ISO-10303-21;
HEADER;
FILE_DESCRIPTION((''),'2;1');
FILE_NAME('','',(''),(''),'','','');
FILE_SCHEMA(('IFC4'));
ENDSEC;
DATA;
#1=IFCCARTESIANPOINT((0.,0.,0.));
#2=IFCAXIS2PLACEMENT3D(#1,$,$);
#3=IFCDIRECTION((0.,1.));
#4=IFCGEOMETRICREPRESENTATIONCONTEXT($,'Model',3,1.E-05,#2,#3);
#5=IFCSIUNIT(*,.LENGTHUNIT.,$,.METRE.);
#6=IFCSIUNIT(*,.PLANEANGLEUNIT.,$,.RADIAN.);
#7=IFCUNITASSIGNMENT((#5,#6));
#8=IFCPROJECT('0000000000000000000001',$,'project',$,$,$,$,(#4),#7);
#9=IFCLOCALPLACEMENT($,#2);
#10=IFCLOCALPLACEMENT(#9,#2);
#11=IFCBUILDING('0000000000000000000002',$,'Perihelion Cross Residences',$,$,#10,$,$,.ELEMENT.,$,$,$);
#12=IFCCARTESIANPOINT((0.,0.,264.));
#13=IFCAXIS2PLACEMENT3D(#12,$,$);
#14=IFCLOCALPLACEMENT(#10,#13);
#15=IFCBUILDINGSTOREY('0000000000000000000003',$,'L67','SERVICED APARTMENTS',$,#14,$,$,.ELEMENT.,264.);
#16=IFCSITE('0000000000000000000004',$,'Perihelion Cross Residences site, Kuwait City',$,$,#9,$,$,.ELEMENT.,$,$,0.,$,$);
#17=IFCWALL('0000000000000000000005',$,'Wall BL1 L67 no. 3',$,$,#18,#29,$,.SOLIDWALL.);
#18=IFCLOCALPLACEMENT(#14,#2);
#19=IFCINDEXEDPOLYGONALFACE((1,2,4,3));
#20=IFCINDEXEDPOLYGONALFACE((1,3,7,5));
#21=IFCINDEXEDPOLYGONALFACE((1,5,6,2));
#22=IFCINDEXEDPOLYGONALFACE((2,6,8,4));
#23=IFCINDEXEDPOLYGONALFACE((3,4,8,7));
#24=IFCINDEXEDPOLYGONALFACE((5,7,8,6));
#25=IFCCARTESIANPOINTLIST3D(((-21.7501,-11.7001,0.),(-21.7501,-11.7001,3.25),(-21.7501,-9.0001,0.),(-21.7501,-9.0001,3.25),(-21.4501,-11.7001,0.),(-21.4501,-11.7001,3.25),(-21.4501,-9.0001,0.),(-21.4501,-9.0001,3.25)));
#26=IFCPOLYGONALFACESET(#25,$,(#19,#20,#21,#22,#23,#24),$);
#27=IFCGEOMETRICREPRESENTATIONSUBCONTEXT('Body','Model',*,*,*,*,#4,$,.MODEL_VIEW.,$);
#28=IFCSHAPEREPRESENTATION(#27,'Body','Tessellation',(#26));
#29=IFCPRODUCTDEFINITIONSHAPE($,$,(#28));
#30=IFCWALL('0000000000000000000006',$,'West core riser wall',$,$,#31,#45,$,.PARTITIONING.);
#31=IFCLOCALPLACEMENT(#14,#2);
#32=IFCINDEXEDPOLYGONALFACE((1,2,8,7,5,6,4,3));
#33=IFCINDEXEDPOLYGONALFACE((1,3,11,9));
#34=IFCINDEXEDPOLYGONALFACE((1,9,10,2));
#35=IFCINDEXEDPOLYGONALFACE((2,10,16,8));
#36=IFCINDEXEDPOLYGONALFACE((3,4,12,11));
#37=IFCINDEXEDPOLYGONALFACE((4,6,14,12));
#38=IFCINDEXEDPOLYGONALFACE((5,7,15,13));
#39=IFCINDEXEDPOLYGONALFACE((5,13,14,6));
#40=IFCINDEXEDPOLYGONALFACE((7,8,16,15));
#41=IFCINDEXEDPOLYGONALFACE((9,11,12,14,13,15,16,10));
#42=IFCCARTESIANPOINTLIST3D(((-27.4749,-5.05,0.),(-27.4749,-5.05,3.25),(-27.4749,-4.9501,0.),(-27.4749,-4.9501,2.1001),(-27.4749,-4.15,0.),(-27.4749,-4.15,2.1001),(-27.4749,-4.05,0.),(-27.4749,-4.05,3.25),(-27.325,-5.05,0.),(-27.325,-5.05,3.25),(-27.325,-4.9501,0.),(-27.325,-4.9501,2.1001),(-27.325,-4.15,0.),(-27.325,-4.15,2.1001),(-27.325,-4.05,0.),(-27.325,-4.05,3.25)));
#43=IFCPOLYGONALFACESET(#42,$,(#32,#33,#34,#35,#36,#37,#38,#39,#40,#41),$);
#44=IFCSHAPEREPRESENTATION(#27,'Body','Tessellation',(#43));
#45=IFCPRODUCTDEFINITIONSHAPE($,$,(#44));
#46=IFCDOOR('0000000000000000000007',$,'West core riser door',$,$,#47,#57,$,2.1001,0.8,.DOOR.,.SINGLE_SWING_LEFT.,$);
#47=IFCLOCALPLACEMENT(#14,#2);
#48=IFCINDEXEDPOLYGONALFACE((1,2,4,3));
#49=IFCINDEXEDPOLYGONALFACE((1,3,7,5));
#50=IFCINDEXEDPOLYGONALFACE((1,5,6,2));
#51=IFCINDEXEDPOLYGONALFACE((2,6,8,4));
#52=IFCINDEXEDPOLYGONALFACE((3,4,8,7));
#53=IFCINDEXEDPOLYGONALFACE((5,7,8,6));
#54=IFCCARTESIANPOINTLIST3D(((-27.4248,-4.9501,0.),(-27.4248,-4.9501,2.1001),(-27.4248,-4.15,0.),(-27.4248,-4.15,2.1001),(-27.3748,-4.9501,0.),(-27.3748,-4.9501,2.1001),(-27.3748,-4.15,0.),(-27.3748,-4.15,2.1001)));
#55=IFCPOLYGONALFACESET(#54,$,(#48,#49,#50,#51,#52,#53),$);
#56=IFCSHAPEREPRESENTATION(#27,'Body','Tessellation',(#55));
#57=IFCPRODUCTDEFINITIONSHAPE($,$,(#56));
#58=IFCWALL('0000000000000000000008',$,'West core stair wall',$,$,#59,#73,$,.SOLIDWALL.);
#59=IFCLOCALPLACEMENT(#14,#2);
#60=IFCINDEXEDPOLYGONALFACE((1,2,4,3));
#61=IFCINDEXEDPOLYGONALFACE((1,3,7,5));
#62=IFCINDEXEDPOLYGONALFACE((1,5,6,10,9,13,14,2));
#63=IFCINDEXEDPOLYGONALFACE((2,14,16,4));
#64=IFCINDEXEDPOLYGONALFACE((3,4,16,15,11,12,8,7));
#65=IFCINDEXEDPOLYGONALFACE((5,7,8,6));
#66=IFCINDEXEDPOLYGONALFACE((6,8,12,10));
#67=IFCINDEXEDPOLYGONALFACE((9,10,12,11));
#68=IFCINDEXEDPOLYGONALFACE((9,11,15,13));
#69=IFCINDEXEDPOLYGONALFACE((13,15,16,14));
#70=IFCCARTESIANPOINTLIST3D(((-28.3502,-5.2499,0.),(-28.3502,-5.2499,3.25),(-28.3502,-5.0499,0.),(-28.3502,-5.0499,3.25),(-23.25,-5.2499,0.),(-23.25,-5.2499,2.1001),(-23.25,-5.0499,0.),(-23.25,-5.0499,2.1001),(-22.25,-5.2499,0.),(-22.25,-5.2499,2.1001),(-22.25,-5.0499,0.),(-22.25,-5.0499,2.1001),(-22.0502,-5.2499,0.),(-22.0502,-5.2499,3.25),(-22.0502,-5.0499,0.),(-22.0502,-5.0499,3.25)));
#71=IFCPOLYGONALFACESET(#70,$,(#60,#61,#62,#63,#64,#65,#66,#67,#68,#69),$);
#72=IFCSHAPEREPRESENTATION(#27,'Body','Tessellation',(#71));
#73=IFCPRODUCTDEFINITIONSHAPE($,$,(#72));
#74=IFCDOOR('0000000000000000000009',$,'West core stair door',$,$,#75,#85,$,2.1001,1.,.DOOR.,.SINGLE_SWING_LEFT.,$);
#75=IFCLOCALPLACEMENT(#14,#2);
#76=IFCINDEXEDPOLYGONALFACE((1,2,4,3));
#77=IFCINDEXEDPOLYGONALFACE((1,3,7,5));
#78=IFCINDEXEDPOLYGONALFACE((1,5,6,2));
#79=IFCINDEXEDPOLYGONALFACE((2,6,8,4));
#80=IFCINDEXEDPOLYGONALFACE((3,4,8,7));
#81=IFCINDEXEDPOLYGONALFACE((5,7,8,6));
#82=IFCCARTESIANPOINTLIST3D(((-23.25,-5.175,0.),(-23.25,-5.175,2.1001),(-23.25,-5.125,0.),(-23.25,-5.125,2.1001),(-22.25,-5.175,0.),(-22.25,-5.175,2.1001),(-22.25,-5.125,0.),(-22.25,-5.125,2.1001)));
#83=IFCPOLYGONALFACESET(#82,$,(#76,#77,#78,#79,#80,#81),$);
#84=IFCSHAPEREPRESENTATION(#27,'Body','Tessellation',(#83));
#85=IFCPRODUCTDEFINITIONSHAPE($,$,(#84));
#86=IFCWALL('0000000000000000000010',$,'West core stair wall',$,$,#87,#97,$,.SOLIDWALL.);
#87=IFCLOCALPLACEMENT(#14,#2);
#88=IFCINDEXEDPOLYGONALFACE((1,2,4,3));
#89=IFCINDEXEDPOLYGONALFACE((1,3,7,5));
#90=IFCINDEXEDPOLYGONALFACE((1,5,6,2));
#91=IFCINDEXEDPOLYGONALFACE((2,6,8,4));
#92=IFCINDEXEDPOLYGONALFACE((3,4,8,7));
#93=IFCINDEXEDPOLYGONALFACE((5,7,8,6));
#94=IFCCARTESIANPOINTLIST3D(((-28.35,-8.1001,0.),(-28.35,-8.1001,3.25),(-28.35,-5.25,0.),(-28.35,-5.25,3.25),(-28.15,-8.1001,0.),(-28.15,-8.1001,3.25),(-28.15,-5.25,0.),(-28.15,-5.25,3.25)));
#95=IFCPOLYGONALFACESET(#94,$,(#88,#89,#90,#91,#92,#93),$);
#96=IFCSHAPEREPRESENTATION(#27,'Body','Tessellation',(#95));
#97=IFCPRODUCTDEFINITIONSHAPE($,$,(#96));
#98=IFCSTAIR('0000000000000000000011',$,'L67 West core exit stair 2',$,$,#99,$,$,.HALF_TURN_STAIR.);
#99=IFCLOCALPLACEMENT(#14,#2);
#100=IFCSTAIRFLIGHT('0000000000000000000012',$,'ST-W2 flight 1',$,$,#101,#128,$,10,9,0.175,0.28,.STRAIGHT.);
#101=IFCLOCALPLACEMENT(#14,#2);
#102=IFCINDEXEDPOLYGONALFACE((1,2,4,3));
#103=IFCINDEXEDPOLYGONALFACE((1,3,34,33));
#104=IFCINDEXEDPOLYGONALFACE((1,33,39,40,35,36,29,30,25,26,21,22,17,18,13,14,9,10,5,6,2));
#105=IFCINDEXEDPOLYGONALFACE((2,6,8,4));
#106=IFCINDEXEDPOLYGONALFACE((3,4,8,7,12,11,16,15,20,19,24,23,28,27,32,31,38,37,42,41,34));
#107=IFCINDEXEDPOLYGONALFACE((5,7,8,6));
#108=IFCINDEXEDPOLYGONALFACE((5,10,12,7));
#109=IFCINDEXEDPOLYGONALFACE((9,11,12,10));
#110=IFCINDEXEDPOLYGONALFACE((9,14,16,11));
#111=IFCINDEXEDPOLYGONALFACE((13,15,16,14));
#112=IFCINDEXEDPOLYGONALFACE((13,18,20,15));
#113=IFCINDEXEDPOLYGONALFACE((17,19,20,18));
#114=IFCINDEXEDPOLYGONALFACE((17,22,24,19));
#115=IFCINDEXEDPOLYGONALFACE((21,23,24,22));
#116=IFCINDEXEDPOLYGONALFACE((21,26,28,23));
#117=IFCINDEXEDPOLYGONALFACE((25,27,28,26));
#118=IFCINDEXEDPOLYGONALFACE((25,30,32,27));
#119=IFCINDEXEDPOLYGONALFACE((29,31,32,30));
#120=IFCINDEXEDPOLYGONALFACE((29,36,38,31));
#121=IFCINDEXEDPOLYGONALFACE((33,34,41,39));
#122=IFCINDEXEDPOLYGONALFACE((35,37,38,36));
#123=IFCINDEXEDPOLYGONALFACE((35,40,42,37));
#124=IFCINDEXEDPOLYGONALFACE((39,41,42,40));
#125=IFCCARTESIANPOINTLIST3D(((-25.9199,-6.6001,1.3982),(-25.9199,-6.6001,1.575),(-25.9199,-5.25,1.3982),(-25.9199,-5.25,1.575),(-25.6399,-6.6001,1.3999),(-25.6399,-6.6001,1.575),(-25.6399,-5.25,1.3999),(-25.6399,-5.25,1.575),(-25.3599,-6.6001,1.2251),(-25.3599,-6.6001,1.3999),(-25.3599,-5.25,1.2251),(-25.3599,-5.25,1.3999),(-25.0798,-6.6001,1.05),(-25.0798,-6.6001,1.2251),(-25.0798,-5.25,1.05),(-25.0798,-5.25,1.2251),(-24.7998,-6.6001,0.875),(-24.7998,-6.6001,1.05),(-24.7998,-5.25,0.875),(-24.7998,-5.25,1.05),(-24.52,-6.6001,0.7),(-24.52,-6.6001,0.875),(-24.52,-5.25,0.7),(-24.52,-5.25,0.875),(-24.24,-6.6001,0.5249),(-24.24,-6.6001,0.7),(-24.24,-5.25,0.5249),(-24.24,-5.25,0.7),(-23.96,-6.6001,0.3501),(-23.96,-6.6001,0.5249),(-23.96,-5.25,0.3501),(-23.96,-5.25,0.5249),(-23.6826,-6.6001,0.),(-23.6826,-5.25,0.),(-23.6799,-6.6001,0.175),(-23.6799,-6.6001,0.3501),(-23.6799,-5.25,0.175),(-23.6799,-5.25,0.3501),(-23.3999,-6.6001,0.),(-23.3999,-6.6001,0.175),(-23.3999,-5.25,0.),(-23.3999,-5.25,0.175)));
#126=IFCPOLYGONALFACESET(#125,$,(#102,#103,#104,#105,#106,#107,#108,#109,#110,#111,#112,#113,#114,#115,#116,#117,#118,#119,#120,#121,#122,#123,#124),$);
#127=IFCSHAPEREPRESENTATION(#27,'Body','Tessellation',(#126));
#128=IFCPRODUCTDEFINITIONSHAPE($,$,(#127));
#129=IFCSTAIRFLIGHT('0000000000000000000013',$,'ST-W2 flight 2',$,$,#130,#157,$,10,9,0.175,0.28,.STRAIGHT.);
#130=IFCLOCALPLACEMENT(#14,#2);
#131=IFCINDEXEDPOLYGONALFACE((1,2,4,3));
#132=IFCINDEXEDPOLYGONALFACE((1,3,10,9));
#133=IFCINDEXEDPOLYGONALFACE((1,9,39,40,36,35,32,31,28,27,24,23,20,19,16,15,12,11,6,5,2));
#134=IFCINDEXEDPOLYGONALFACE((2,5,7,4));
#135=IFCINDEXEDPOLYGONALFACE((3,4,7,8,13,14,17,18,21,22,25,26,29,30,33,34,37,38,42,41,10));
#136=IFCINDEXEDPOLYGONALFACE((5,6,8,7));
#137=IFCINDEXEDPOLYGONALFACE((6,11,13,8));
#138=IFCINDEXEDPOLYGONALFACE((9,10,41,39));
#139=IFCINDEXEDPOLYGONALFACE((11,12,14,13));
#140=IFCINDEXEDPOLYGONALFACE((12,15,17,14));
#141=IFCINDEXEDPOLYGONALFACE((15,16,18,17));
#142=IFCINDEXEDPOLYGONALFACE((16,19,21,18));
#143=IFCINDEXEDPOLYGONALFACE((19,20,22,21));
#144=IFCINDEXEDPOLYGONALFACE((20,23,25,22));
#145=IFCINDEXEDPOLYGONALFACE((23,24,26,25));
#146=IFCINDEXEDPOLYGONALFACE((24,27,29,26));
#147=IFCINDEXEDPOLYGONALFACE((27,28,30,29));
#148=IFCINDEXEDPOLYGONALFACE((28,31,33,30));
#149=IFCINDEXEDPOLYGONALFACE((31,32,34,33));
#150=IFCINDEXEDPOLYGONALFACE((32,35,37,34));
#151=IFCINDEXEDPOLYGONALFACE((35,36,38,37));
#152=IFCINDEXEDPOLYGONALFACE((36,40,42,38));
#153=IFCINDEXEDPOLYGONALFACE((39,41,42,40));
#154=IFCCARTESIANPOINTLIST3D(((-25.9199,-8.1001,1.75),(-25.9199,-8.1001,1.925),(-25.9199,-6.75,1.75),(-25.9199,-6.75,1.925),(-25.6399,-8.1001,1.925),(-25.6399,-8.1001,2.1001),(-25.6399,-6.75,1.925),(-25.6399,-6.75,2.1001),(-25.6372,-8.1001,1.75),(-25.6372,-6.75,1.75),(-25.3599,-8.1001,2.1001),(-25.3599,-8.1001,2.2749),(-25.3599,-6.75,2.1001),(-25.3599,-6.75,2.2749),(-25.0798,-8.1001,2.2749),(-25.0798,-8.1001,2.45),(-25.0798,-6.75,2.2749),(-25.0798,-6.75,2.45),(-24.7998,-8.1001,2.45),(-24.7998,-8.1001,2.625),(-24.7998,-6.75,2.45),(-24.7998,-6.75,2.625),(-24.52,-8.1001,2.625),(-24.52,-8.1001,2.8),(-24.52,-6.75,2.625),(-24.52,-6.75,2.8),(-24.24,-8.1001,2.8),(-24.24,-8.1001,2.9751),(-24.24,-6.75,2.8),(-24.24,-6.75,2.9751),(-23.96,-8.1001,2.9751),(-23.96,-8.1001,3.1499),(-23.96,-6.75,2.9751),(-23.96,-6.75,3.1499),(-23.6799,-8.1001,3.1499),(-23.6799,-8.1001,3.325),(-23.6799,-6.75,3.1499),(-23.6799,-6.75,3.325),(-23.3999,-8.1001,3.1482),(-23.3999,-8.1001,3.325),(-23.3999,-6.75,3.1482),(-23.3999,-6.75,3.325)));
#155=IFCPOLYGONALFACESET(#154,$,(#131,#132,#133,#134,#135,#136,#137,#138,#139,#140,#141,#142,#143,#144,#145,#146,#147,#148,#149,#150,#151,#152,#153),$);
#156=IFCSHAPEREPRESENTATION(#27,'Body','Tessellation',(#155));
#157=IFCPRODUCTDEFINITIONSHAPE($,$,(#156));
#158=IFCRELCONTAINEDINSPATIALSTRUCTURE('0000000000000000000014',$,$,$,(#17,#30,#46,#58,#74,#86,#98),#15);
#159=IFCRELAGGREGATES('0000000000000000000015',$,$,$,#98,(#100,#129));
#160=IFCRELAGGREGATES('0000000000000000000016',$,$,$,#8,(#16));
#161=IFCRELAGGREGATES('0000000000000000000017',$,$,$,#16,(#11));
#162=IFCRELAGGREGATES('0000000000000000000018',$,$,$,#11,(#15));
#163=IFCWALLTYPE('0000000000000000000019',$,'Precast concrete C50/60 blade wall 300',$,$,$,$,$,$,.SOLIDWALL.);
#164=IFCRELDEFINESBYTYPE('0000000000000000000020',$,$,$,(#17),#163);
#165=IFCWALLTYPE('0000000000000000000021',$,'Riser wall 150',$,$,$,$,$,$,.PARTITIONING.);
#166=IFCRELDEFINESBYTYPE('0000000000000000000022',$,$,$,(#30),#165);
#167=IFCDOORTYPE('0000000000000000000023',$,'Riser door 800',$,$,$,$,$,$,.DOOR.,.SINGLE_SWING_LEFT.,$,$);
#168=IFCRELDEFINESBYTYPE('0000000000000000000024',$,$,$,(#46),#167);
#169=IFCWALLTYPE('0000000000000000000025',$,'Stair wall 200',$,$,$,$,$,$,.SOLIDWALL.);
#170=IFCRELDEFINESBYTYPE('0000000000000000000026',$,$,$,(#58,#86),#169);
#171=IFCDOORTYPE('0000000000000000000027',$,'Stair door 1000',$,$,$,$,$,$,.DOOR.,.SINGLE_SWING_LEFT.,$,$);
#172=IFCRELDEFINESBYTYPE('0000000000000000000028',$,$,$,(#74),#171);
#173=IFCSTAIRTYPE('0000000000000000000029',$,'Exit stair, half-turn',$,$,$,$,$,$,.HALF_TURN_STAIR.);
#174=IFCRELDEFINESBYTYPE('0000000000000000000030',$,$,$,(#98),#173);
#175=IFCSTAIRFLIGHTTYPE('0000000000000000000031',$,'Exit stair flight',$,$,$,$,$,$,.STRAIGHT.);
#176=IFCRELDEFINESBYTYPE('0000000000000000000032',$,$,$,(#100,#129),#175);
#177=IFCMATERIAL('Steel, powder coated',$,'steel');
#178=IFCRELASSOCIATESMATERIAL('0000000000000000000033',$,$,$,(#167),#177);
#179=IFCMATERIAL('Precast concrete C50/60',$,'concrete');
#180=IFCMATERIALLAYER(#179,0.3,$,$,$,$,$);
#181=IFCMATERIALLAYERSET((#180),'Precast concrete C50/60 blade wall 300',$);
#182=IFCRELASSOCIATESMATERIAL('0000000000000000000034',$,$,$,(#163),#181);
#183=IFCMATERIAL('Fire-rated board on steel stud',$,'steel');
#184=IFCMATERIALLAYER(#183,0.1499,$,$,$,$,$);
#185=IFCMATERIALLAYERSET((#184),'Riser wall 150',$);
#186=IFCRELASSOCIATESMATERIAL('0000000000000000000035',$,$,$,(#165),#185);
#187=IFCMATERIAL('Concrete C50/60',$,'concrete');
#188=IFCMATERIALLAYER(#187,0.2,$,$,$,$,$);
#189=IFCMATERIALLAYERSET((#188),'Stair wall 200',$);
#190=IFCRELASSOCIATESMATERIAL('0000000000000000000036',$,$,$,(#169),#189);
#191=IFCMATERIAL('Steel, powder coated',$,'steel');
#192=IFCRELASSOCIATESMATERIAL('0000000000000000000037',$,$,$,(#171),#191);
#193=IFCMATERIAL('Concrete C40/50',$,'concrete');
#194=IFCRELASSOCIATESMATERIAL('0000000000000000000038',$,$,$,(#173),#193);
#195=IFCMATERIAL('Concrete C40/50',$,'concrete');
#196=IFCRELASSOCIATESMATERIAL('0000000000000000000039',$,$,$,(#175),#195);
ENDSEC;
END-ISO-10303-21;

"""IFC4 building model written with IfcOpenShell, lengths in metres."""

from ifc_helpers import new_model, si_unit, direction, frame, frame_2d, origin, place, context, subcontext, project, spatial, polyline, rectangle, outline, extrude, material, layer, layer_set, type_object, element, fill, aggregate, save


model = new_model("IFC4")

# Units and contexts
model_context = context("Model", 3, precision=1e-05, world=origin(), true_north=direction((0.0, 1.0)))
body_context = subcontext(model_context, "Body", "Model", "MODEL_VIEW")
ifc_project = project(units=[si_unit("LENGTHUNIT", "METRE"), si_unit("PLANEANGLEUNIT", "RADIAN")], contexts=[model_context])

# Site, building, storey
site_placement = place(None, origin())
site = spatial("IfcSite", under=ifc_project, at=site_placement, Name="Perihelion Cross Residences site, Kuwait City", CompositionType="ELEMENT", RefElevation=0.0)
building_placement = place(site_placement, origin())
building = spatial("IfcBuilding", under=site, at=building_placement, Name="Perihelion Cross Residences", CompositionType="ELEMENT")
storey_placement = place(building_placement, frame((0.0, 0.0, 264.0)))
storey = spatial("IfcBuildingStorey", under=building, at=storey_placement, Name="L67", Description="SERVICED APARTMENTS", CompositionType="ELEMENT", Elevation=264.0)

# Shared definitions
ifc_material_1 = material(Name="Steel, powder coated", Category="steel")
door_type_1 = type_object("IfcDoorType", Name="Riser door 800", OperationType="SINGLE_SWING_LEFT", PredefinedType="DOOR", material=ifc_material_1)

# Wall
ifc_material_2 = material(Name="Precast concrete C50/60", Category="concrete")
ifc_layer_1 = layer(ifc_material_2, 0.3)
ifc_layer_set_1 = layer_set([ifc_layer_1], Name="Precast concrete C50/60 blade wall 300")
wall_type_1 = type_object("IfcWallType", Name="Precast concrete C50/60 blade wall 300", PredefinedType="SOLIDWALL", material=ifc_layer_set_1)
wall_1_placement = place(storey_placement, frame((-21.6001, -9.0, 0.0), z_axis=(0.0, 0.0, 1.0), x_axis=(0.0, -1.0, 0.0)))
element("IfcWall", 1, at=wall_1_placement, inside=storey, type_object=wall_type_1, Name="Wall BL1 L67 no. 3", PredefinedType="SOLIDWALL", context=body_context, shape_type="SweptSolid", body=[
    extrude(rectangle(XDim=2.7, YDim=0.3, at=frame_2d((1.3501, 0.0))), origin(), (0.0, 0.0, 1.0), 3.25),
])

# Walls, openings, doors
ifc_material_3 = material(Name="Fire-rated board on steel stud", Category="steel")
ifc_layer_2 = layer(ifc_material_3, 0.1499)
ifc_layer_set_2 = layer_set([ifc_layer_2], Name="Riser wall 150")
wall_type_2 = type_object("IfcWallType", Name="Riser wall 150", PredefinedType="PARTITIONING", material=ifc_layer_set_2)
wall_2_placement = place(storey_placement, frame((-27.3999, -5.05, 0.0), z_axis=(0.0, 0.0, 1.0), x_axis=(0.0, 1.0, 0.0)))
wall_2 = element("IfcWall", 2, at=wall_2_placement, inside=storey, type_object=wall_type_2, Name="West core riser wall", PredefinedType="PARTITIONING", context=body_context, shape_type="SweptSolid", body=[
    extrude(rectangle(XDim=1.0, YDim=0.1499, at=frame_2d((0.5, 0.0))), origin(), (0.0, 0.0, 1.0), 3.25),
])
opening_1_placement = place(wall_2_placement, frame((0.1001, 0.0, 0.0)))
opening_1 = element("IfcOpeningElement", 3, at=opening_1_placement, cuts=wall_2, PredefinedType="OPENING", context=body_context, shape_type="SweptSolid", body=[
    extrude(rectangle(XDim=0.8, YDim=2.1001, at=frame_2d((0.3999, 1.05))), frame((0.0, 0.085, 0.0), z_axis=(0.0, -1.0, 0.0), x_axis=(1.0, 0.0, 0.0)), (0.0, 0.0, 1.0), 0.1699),
])
door_1_placement = place(opening_1_placement, origin())
door_1 = element("IfcDoor", 4, at=door_1_placement, inside=storey, type_object=door_type_1, Name="West core riser door", OperationType="SINGLE_SWING_LEFT", OverallHeight=2.1001, OverallWidth=0.8, PredefinedType="DOOR", context=body_context, shape_type="SweptSolid", body=[
    extrude(rectangle(XDim=0.8, YDim=2.1001, at=frame_2d((0.3999, 1.05))), frame((0.0, 0.0249, 0.0), z_axis=(0.0, -1.0, 0.0), x_axis=(1.0, 0.0, 0.0)), (0.0, 0.0, 1.0), 0.05),
])
fill(opening_1, door_1)
ifc_material_4 = material(Name="Concrete C50/60", Category="concrete")
ifc_layer_3 = layer(ifc_material_4, 0.2)
ifc_layer_set_3 = layer_set([ifc_layer_3], Name="Stair wall 200")
wall_type_3 = type_object("IfcWallType", Name="Stair wall 200", PredefinedType="SOLIDWALL", material=ifc_layer_set_3)
wall_3_placement = place(storey_placement, frame((-28.3501, -5.1499, 0.0), z_axis=(0.0, 0.0, 1.0), x_axis=(1.0, 0.0, 0.0)))
wall_3 = element("IfcWall", 5, at=wall_3_placement, inside=storey, type_object=wall_type_3, Name="West core stair wall", PredefinedType="SOLIDWALL", context=body_context, shape_type="SweptSolid", body=[
    extrude(rectangle(XDim=6.3, YDim=0.2, at=frame_2d((3.1499, 0.0))), origin(), (0.0, 0.0, 1.0), 3.25),
])
opening_2_placement = place(wall_3_placement, frame((5.1001, 0.0, 0.0)))
opening_2 = element("IfcOpeningElement", 6, at=opening_2_placement, cuts=wall_3, PredefinedType="OPENING", context=body_context, shape_type="SweptSolid", body=[
    extrude(rectangle(XDim=1.0, YDim=2.1001, at=frame_2d((0.5, 1.05))), frame((0.0, 0.1099, 0.0), z_axis=(0.0, -1.0, 0.0), x_axis=(1.0, 0.0, 0.0)), (0.0, 0.0, 1.0), 0.22),
])
ifc_material_5 = material(Name="Steel, powder coated", Category="steel")
door_type_2 = type_object("IfcDoorType", Name="Stair door 1000", OperationType="SINGLE_SWING_LEFT", PredefinedType="DOOR", material=ifc_material_5)
door_2_placement = place(opening_2_placement, origin())
door_2 = element("IfcDoor", 7, at=door_2_placement, inside=storey, type_object=door_type_2, Name="West core stair door", OperationType="SINGLE_SWING_LEFT", OverallHeight=2.1001, OverallWidth=1.0, PredefinedType="DOOR", context=body_context, shape_type="SweptSolid", body=[
    extrude(rectangle(XDim=1.0, YDim=2.1001, at=frame_2d((0.5, 1.05))), frame((0.0, 0.0249, 0.0), z_axis=(0.0, -1.0, 0.0), x_axis=(1.0, 0.0, 0.0)), (0.0, 0.0, 1.0), 0.05),
])
fill(opening_2, door_2)

# Wall
wall_4_placement = place(storey_placement, frame((-28.25, -8.1001, 0.0), z_axis=(0.0, 0.0, 1.0), x_axis=(0.0, 1.0, 0.0)))
element("IfcWall", 8, at=wall_4_placement, inside=storey, type_object=wall_type_3, Name="West core stair wall", PredefinedType="SOLIDWALL", context=body_context, shape_type="SweptSolid", body=[
    extrude(rectangle(XDim=2.8501, YDim=0.2, at=frame_2d((1.425, 0.0))), origin(), (0.0, 0.0, 1.0), 3.25),
])

# Stair, stair flights
ifc_material_6 = material(Name="Concrete C40/50", Category="concrete")
stair_type = type_object("IfcStairType", Name="Exit stair, half-turn", PredefinedType="HALF_TURN_STAIR", material=ifc_material_6)
stair_placement = place(storey_placement, origin())
stair = element("IfcStair", 9, at=stair_placement, inside=storey, type_object=stair_type, Name="L67 West core exit stair 2", PredefinedType="HALF_TURN_STAIR")
ifc_material_7 = material(Name="Concrete C40/50", Category="concrete")
stair_flight_type = type_object("IfcStairFlightType", Name="Exit stair flight", PredefinedType="STRAIGHT", material=ifc_material_7)
stair_flight_1_placement = place(storey_placement, frame((-23.3999, -5.925, 0.0), z_axis=(0.0, 0.0, 1.0), x_axis=(-1.0, 0.0, 0.0)))
stair_flight_1 = element("IfcStairFlight", 10, at=stair_flight_1_placement, type_object=stair_flight_type, Name="ST-W2 flight 1", NumberOfRisers=10, NumberOfTreads=9, PredefinedType="STRAIGHT", RiserHeight=0.175, TreadLength=0.28, context=body_context, shape_type="SweptSolid", body=[
    extrude(outline(polyline([(0.0, 0.0), (0.0, 0.175), (0.28, 0.175), (0.28, 0.3501), (0.5601, 0.3501), (0.5601, 0.5249), (0.8401, 0.5249), (0.8401, 0.7), (1.1201, 0.7), (1.1201, 0.875), (1.3999, 0.875), (1.3999, 1.05), (1.6799, 1.05), (1.6799, 1.2251), (1.96, 1.2251), (1.96, 1.3999), (2.24, 1.3999), (2.24, 1.575), (2.52, 1.575), (2.52, 1.75), (2.52, 1.3982), (0.2827, 0.0), (0.0, 0.0)])), frame((0.0, 0.675, 0.0), z_axis=(0.0, -1.0, 0.0), x_axis=(1.0, 0.0, 0.0)), (0.0, 0.0, 1.0), 1.3501),
])
stair_flight_2_placement = place(storey_placement, frame((-25.9199, -7.425, 1.75), z_axis=(0.0, 0.0, 1.0), x_axis=(1.0, 0.0, 0.0)))
stair_flight_2 = element("IfcStairFlight", 11, at=stair_flight_2_placement, type_object=stair_flight_type, Name="ST-W2 flight 2", NumberOfRisers=10, NumberOfTreads=9, PredefinedType="STRAIGHT", RiserHeight=0.175, TreadLength=0.28, context=body_context, shape_type="SweptSolid", body=[
    extrude(outline(polyline([(0.0, 0.0), (0.0, 0.175), (0.28, 0.175), (0.28, 0.3501), (0.5601, 0.3501), (0.5601, 0.5249), (0.8401, 0.5249), (0.8401, 0.7), (1.1201, 0.7), (1.1201, 0.875), (1.3999, 0.875), (1.3999, 1.05), (1.6799, 1.05), (1.6799, 1.2251), (1.96, 1.2251), (1.96, 1.3999), (2.24, 1.3999), (2.24, 1.575), (2.52, 1.575), (2.52, 1.75), (2.52, 1.3982), (0.2827, 0.0), (0.0, 0.0)])), frame((0.0, 0.675, 0.0), z_axis=(0.0, -1.0, 0.0), x_axis=(1.0, 0.0, 0.0)), (0.0, 0.0, 1.0), 1.3501),
])
aggregate(stair, [stair_flight_1, stair_flight_2])

save(model, "model.ifc")
